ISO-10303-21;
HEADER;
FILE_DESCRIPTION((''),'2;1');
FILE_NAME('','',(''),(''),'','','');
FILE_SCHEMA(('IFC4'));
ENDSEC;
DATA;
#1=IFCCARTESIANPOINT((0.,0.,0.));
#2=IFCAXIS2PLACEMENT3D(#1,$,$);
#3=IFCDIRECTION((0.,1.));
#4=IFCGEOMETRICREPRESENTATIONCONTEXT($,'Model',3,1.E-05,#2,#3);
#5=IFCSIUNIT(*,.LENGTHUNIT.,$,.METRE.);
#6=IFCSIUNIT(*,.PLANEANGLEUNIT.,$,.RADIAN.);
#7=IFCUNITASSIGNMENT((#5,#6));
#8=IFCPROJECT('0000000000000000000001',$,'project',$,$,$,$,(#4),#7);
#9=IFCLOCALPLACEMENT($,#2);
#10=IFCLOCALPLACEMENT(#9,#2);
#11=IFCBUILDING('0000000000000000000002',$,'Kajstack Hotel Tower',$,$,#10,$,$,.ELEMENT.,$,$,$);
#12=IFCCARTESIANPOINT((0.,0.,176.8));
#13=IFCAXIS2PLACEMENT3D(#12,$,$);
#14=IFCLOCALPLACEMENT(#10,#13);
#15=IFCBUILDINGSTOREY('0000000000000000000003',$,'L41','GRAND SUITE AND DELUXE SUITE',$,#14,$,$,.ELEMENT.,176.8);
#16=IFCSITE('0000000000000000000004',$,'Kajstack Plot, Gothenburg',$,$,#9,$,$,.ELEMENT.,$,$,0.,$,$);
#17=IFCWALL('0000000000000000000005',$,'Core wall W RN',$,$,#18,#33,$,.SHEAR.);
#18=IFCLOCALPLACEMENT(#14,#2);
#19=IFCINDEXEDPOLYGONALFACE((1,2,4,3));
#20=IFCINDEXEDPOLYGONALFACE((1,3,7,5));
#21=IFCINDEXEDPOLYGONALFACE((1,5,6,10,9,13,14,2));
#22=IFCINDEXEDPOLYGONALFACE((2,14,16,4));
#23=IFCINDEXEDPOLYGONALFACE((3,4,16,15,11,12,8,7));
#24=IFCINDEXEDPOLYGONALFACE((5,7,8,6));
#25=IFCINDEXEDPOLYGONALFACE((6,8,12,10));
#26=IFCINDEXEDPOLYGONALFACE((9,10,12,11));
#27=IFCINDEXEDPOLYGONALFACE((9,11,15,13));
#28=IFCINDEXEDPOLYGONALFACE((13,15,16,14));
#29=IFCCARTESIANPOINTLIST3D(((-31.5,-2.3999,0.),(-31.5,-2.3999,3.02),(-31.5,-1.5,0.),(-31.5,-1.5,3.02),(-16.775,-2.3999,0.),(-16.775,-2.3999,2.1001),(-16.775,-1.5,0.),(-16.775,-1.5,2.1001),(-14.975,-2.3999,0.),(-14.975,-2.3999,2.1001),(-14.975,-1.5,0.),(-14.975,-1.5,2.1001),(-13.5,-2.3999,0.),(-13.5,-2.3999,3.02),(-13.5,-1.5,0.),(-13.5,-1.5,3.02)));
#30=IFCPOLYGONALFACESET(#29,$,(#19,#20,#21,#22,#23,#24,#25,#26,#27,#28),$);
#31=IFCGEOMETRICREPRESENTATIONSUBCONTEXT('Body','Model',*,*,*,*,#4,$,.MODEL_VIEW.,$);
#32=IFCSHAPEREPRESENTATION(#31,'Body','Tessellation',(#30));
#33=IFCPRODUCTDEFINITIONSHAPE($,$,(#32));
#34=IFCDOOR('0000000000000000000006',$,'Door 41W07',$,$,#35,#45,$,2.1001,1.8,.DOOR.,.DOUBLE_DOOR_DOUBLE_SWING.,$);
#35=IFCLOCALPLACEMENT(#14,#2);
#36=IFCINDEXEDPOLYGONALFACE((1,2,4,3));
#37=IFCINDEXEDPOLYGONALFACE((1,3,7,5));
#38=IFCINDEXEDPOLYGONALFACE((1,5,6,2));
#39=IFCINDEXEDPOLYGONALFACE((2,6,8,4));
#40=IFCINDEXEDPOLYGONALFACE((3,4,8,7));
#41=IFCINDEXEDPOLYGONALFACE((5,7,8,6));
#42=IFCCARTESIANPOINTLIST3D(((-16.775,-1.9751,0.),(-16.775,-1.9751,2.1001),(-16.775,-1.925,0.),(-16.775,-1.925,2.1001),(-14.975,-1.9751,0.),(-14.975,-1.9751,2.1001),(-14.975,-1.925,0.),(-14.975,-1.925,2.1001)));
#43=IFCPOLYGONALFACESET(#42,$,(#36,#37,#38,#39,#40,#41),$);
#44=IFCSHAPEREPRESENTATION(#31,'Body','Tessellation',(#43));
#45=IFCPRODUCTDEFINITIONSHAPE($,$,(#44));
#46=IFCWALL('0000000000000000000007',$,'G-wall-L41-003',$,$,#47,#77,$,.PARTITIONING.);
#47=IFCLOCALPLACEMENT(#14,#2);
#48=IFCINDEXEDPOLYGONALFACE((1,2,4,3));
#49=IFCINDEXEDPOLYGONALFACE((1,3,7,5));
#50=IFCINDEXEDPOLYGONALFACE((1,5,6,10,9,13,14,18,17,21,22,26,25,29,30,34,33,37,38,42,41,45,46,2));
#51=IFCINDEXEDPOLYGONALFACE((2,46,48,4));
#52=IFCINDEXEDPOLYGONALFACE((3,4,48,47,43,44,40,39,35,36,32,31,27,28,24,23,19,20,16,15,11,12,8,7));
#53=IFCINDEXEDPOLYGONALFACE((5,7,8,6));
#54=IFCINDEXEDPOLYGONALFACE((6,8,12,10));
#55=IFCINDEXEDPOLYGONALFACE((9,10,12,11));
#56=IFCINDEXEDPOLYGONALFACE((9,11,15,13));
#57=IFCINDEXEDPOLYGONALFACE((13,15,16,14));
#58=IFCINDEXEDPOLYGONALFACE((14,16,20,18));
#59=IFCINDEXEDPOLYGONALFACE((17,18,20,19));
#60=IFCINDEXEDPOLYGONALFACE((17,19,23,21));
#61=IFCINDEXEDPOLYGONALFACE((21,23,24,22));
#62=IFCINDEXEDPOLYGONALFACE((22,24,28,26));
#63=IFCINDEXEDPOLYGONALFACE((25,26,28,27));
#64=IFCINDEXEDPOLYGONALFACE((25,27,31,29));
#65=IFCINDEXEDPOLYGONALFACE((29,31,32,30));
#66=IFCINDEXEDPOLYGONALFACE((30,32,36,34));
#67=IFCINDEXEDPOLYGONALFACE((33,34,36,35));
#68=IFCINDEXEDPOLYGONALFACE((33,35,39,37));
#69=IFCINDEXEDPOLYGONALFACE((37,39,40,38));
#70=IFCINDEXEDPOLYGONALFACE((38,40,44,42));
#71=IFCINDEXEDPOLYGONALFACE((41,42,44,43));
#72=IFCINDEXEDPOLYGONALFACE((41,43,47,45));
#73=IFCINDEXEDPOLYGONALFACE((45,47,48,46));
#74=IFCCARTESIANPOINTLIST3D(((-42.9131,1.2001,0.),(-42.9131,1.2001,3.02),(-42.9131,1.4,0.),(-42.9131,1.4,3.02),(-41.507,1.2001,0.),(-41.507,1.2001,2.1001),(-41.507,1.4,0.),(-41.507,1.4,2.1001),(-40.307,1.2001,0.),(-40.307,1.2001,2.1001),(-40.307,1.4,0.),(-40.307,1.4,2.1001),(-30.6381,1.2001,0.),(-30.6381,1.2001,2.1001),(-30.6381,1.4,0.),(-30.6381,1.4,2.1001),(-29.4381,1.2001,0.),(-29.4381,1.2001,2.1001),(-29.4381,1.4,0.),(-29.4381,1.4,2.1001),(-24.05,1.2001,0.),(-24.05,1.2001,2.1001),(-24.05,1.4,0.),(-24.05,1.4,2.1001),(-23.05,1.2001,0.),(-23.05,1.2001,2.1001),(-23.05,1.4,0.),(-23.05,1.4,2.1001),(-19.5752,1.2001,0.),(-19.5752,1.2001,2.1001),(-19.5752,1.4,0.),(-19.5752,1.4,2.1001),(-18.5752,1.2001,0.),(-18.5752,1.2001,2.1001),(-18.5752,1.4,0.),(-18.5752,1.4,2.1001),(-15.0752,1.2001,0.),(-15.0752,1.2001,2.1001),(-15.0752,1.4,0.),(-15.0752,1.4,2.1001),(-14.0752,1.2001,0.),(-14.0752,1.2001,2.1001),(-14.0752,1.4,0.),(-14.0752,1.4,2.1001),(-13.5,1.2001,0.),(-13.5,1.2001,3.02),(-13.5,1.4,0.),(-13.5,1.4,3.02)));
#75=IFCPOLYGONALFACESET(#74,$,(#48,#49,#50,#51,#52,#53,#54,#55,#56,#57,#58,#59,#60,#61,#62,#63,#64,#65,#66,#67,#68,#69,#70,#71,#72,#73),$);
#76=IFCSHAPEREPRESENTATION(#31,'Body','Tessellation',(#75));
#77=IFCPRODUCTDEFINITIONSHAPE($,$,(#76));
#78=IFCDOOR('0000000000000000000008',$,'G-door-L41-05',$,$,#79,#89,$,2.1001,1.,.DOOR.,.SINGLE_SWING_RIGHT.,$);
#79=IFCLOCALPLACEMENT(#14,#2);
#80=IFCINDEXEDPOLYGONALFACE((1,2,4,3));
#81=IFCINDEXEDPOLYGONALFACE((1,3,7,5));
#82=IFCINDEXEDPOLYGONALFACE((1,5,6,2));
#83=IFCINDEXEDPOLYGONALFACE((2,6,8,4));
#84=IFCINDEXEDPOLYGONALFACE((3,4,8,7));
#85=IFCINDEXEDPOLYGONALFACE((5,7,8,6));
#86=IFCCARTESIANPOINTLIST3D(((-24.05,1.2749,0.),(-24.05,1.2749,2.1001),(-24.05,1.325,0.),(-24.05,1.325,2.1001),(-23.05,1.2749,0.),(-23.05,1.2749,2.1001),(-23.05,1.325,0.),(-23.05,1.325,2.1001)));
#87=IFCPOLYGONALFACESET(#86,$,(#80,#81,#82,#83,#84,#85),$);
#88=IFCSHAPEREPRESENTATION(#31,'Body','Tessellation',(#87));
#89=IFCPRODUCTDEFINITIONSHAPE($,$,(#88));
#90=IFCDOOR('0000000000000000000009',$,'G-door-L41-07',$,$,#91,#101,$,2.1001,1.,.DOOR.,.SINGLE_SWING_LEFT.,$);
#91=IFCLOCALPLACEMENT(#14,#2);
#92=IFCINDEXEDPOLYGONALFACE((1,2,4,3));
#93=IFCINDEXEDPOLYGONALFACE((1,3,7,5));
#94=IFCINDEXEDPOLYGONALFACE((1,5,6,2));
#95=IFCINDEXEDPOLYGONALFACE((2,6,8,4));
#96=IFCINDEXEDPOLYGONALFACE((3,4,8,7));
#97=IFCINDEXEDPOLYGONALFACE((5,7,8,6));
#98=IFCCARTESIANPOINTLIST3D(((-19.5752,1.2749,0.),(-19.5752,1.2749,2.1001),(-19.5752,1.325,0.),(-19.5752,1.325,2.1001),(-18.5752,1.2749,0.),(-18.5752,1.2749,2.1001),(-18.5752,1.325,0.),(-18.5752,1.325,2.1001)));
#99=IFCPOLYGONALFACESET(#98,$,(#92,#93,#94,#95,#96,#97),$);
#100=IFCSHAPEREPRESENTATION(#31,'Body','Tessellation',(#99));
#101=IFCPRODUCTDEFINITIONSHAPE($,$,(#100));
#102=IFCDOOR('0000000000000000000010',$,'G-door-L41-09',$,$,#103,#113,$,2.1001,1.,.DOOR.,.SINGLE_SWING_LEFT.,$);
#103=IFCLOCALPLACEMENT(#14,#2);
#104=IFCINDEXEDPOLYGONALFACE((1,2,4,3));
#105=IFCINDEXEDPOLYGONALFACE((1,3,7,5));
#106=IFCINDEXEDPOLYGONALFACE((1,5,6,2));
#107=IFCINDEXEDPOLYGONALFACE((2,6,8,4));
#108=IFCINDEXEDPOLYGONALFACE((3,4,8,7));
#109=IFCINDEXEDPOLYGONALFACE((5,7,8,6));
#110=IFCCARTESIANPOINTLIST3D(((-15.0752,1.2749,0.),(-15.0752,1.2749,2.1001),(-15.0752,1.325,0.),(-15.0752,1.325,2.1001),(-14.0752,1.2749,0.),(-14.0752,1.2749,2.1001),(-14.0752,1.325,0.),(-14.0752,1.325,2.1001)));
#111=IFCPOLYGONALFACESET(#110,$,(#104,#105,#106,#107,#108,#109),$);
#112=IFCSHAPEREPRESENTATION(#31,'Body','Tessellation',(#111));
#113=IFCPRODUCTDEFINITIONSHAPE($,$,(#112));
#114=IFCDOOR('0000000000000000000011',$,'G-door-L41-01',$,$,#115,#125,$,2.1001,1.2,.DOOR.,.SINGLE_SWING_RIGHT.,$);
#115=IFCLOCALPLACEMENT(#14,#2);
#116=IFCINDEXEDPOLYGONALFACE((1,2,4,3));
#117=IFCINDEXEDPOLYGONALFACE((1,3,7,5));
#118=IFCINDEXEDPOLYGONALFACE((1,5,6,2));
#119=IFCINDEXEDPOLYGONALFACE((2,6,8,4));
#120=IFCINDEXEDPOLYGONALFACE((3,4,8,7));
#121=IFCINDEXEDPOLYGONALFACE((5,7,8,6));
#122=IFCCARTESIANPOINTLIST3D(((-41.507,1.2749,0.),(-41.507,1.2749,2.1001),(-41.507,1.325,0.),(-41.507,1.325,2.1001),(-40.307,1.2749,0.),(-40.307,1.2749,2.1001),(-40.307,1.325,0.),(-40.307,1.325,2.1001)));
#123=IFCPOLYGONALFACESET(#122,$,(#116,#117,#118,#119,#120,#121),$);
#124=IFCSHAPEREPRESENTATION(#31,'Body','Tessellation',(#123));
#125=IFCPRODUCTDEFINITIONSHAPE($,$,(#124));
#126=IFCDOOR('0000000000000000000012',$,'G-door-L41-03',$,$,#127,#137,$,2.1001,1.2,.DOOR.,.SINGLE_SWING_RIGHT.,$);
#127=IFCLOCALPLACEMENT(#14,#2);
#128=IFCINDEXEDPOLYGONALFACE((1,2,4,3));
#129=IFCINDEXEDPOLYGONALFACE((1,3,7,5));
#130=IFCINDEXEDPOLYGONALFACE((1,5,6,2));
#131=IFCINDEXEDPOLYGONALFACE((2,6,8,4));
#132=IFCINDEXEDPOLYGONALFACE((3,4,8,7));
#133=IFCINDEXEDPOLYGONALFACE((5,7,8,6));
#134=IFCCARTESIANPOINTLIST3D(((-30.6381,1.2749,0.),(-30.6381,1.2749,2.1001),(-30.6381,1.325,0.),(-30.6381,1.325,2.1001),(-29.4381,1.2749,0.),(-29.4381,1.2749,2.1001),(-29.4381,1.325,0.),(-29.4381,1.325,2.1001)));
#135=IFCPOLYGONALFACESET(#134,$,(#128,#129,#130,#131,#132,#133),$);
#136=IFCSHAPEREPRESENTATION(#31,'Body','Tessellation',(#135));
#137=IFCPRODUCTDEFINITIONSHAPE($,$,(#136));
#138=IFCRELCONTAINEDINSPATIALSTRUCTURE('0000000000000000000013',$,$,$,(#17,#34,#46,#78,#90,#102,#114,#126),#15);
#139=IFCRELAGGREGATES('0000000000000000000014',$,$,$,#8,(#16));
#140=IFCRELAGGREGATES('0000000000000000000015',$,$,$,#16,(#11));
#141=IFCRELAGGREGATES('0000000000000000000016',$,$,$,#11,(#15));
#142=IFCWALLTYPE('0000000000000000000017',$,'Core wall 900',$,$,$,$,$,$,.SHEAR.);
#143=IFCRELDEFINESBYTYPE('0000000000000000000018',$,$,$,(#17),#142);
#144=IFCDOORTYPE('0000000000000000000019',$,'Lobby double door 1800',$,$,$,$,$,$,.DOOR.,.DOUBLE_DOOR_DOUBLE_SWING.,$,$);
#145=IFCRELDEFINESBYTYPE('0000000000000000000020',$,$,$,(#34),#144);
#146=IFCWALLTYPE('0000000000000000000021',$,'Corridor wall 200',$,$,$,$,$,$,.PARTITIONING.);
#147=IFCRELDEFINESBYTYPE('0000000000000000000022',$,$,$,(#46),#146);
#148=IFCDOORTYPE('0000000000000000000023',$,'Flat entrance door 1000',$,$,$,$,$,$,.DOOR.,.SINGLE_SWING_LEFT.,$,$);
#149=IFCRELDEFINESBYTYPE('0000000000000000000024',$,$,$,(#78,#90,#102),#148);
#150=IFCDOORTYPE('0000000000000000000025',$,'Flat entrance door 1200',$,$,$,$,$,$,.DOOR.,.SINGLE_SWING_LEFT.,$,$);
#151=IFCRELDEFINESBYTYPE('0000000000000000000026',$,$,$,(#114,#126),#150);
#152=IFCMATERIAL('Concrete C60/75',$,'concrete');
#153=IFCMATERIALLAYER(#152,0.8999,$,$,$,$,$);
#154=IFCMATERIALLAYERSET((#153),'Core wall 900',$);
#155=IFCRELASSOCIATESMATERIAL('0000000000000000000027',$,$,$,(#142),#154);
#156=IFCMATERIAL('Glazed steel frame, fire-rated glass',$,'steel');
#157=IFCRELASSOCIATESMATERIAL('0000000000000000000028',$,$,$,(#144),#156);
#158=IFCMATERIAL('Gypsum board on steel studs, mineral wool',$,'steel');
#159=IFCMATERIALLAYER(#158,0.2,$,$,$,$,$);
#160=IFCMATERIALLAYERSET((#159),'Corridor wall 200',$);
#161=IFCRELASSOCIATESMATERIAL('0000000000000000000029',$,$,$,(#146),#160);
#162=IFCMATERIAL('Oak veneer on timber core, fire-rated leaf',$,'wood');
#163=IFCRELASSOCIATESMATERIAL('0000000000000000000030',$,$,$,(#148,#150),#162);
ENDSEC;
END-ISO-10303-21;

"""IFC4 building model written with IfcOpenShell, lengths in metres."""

from ifc_helpers import new_model, si_unit, direction, frame, frame_2d, origin, place, context, subcontext, project, spatial, rectangle, extrude, material, layer, layer_set, type_object, element, fill, save


model = new_model("IFC4")

# Units and contexts
model_context = context("Model", 3, precision=1e-05, world=origin(), true_north=direction((0.0, 1.0)))
body_context = subcontext(model_context, "Body", "Model", "MODEL_VIEW")
ifc_project = project(units=[si_unit("LENGTHUNIT", "METRE"), si_unit("PLANEANGLEUNIT", "RADIAN")], contexts=[model_context])

# Site, building, storey
site_placement = place(None, origin())
site = spatial("IfcSite", under=ifc_project, at=site_placement, Name="Kajstack Plot, Gothenburg", CompositionType="ELEMENT", RefElevation=0.0)
building_placement = place(site_placement, origin())
building = spatial("IfcBuilding", under=site, at=building_placement, Name="Kajstack Hotel Tower", CompositionType="ELEMENT")
storey_placement = place(building_placement, frame((0.0, 0.0, 176.8)))
storey = spatial("IfcBuildingStorey", under=building, at=storey_placement, Name="L41", Description="GRAND SUITE AND DELUXE SUITE", CompositionType="ELEMENT", Elevation=176.8)

# Wall, opening, door
ifc_material_1 = material(Name="Concrete C60/75", Category="concrete")
ifc_layer_1 = layer(ifc_material_1, 0.8999)
ifc_layer_set_1 = layer_set([ifc_layer_1], Name="Core wall 900")
wall_type_1 = type_object("IfcWallType", Name="Core wall 900", PredefinedType="SHEAR", material=ifc_layer_set_1)
wall_1_placement = place(storey_placement, frame((-31.5, -1.95, 0.0), z_axis=(0.0, 0.0, 1.0), x_axis=(1.0, 0.0, 0.0)))
wall_1 = element("IfcWall", 1, at=wall_1_placement, inside=storey, type_object=wall_type_1, Name="Core wall W RN", PredefinedType="SHEAR", context=body_context, shape_type="SweptSolid", body=[
    extrude(rectangle(XDim=18.0, YDim=0.8999, at=frame_2d((9.0, 0.0))), origin(), (0.0, 0.0, 1.0), 3.02),
])
opening_1_placement = place(wall_1_placement, frame((14.7251, 0.0, 0.0)))
opening_1 = element("IfcOpeningElement", 2, at=opening_1_placement, cuts=wall_1, PredefinedType="OPENING", context=body_context, shape_type="SweptSolid", body=[
    extrude(rectangle(XDim=1.8, YDim=2.1001, at=frame_2d((0.8999, 1.05))), frame((0.0, 0.46, 0.0), z_axis=(0.0, -1.0, 0.0), x_axis=(1.0, 0.0, 0.0)), (0.0, 0.0, 1.0), 0.9199),
])
ifc_material_2 = material(Name="Glazed steel frame, fire-rated glass", Category="steel")
door_type_1 = type_object("IfcDoorType", Name="Lobby double door 1800", OperationType="DOUBLE_DOOR_DOUBLE_SWING", PredefinedType="DOOR", material=ifc_material_2)
door_1_placement = place(opening_1_placement, origin())
door_1 = element("IfcDoor", 3, at=door_1_placement, inside=storey, type_object=door_type_1, Name="Door 41W07", OperationType="DOUBLE_DOOR_DOUBLE_SWING", OverallHeight=2.1001, OverallWidth=1.8, PredefinedType="DOOR", context=body_context, shape_type="SweptSolid", body=[
    extrude(rectangle(XDim=1.8, YDim=2.1001, at=frame_2d((0.8999, 1.05))), frame((0.0, 0.0249, 0.0), z_axis=(0.0, -1.0, 0.0), x_axis=(1.0, 0.0, 0.0)), (0.0, 0.0, 1.0), 0.05),
])
fill(opening_1, door_1)

# Wall, openings, doors
ifc_material_3 = material(Name="Gypsum board on steel studs, mineral wool", Category="steel")
ifc_layer_2 = layer(ifc_material_3, 0.2)
ifc_layer_set_2 = layer_set([ifc_layer_2], Name="Corridor wall 200")
wall_type_2 = type_object("IfcWallType", Name="Corridor wall 200", PredefinedType="PARTITIONING", material=ifc_layer_set_2)
wall_2_placement = place(storey_placement, frame((-42.9131, 1.3, 0.0), z_axis=(0.0, 0.0, 1.0), x_axis=(1.0, 0.0, 0.0)))
wall_2 = element("IfcWall", 4, at=wall_2_placement, inside=storey, type_object=wall_type_2, Name="G-wall-L41-003", PredefinedType="PARTITIONING", context=body_context, shape_type="SweptSolid", body=[
    extrude(rectangle(XDim=29.4131, YDim=0.2, at=frame_2d((14.7065, 0.0))), origin(), (0.0, 0.0, 1.0), 3.02),
])
opening_2_placement = place(wall_2_placement, frame((1.406, 0.0, 0.0)))
opening_2 = element("IfcOpeningElement", 5, at=opening_2_placement, cuts=wall_2, PredefinedType="OPENING", context=body_context, shape_type="SweptSolid", body=[
    extrude(rectangle(XDim=1.2, YDim=2.1001, at=frame_2d((0.6001, 1.05))), frame((0.0, 0.1099, 0.0), z_axis=(0.0, -1.0, 0.0), x_axis=(1.0, 0.0, 0.0)), (0.0, 0.0, 1.0), 0.22),
])
opening_3_placement = place(wall_2_placement, frame((12.2749, 0.0, 0.0)))
opening_3 = element("IfcOpeningElement", 6, at=opening_3_placement, cuts=wall_2, PredefinedType="OPENING", context=body_context, shape_type="SweptSolid", body=[
    extrude(rectangle(XDim=1.2, YDim=2.1001, at=frame_2d((0.6001, 1.05))), frame((0.0, 0.1099, 0.0), z_axis=(0.0, -1.0, 0.0), x_axis=(1.0, 0.0, 0.0)), (0.0, 0.0, 1.0), 0.22),
])
opening_4_placement = place(wall_2_placement, frame((18.863, 0.0, 0.0)))
opening_4 = element("IfcOpeningElement", 7, at=opening_4_placement, cuts=wall_2, PredefinedType="OPENING", context=body_context, shape_type="SweptSolid", body=[
    extrude(rectangle(XDim=1.0, YDim=2.1001, at=frame_2d((0.5, 1.05))), frame((0.0, 0.1099, 0.0), z_axis=(0.0, -1.0, 0.0), x_axis=(1.0, 0.0, 0.0)), (0.0, 0.0, 1.0), 0.22),
])
opening_5_placement = place(wall_2_placement, frame((23.3379, 0.0, 0.0)))
opening_5 = element("IfcOpeningElement", 8, at=opening_5_placement, cuts=wall_2, PredefinedType="OPENING", context=body_context, shape_type="SweptSolid", body=[
    extrude(rectangle(XDim=1.0, YDim=2.1001, at=frame_2d((0.5, 1.05))), frame((0.0, 0.1099, 0.0), z_axis=(0.0, -1.0, 0.0), x_axis=(1.0, 0.0, 0.0)), (0.0, 0.0, 1.0), 0.22),
])
opening_6_placement = place(wall_2_placement, frame((27.8379, 0.0, 0.0)))
opening_6 = element("IfcOpeningElement", 9, at=opening_6_placement, cuts=wall_2, PredefinedType="OPENING", context=body_context, shape_type="SweptSolid", body=[
    extrude(rectangle(XDim=1.0, YDim=2.1001, at=frame_2d((0.5, 1.05))), frame((0.0, 0.1099, 0.0), z_axis=(0.0, -1.0, 0.0), x_axis=(1.0, 0.0, 0.0)), (0.0, 0.0, 1.0), 0.22),
])
ifc_material_4 = material(Name="Oak veneer on timber core, fire-rated leaf", Category="wood")
door_type_2 = type_object("IfcDoorType", Name="Flat entrance door 1000", OperationType="SINGLE_SWING_LEFT", PredefinedType="DOOR", material=ifc_material_4)
door_2_placement = place(opening_4_placement, origin())
door_2 = element("IfcDoor", 10, at=door_2_placement, inside=storey, type_object=door_type_2, Name="G-door-L41-05", OperationType="SINGLE_SWING_RIGHT", OverallHeight=2.1001, OverallWidth=1.0, PredefinedType="DOOR", context=body_context, shape_type="SweptSolid", body=[
    extrude(rectangle(XDim=1.0, YDim=2.1001, at=frame_2d((0.5, 1.05))), frame((0.0, 0.0249, 0.0), z_axis=(0.0, -1.0, 0.0), x_axis=(1.0, 0.0, 0.0)), (0.0, 0.0, 1.0), 0.05),
])
fill(opening_4, door_2)
door_3_placement = place(opening_5_placement, origin())
door_3 = element("IfcDoor", 11, at=door_3_placement, inside=storey, type_object=door_type_2, Name="G-door-L41-07", OperationType="SINGLE_SWING_LEFT", OverallHeight=2.1001, OverallWidth=1.0, PredefinedType="DOOR", context=body_context, shape_type="SweptSolid", body=[
    extrude(rectangle(XDim=1.0, YDim=2.1001, at=frame_2d((0.5, 1.05))), frame((0.0, 0.0249, 0.0), z_axis=(0.0, -1.0, 0.0), x_axis=(1.0, 0.0, 0.0)), (0.0, 0.0, 1.0), 0.05),
])
fill(opening_5, door_3)
door_4_placement = place(opening_6_placement, origin())
door_4 = element("IfcDoor", 12, at=door_4_placement, inside=storey, type_object=door_type_2, Name="G-door-L41-09", OperationType="SINGLE_SWING_LEFT", OverallHeight=2.1001, OverallWidth=1.0, PredefinedType="DOOR", context=body_context, shape_type="SweptSolid", body=[
    extrude(rectangle(XDim=1.0, YDim=2.1001, at=frame_2d((0.5, 1.05))), frame((0.0, 0.0249, 0.0), z_axis=(0.0, -1.0, 0.0), x_axis=(1.0, 0.0, 0.0)), (0.0, 0.0, 1.0), 0.05),
])
fill(opening_6, door_4)
door_type_3 = type_object("IfcDoorType", Name="Flat entrance door 1200", OperationType="SINGLE_SWING_LEFT", PredefinedType="DOOR", material=ifc_material_4)
door_5_placement = place(opening_2_placement, origin())
door_5 = element("IfcDoor", 13, at=door_5_placement, inside=storey, type_object=door_type_3, Name="G-door-L41-01", OperationType="SINGLE_SWING_RIGHT", OverallHeight=2.1001, OverallWidth=1.2, PredefinedType="DOOR", context=body_context, shape_type="SweptSolid", body=[
    extrude(rectangle(XDim=1.2, YDim=2.1001, at=frame_2d((0.6001, 1.05))), frame((0.0, 0.0249, 0.0), z_axis=(0.0, -1.0, 0.0), x_axis=(1.0, 0.0, 0.0)), (0.0, 0.0, 1.0), 0.05),
])
fill(opening_2, door_5)
door_6_placement = place(opening_3_placement, origin())
door_6 = element("IfcDoor", 14, at=door_6_placement, inside=storey, type_object=door_type_3, Name="G-door-L41-03", OperationType="SINGLE_SWING_RIGHT", OverallHeight=2.1001, OverallWidth=1.2, PredefinedType="DOOR", context=body_context, shape_type="SweptSolid", body=[
    extrude(rectangle(XDim=1.2, YDim=2.1001, at=frame_2d((0.6001, 1.05))), frame((0.0, 0.0249, 0.0), z_axis=(0.0, -1.0, 0.0), x_axis=(1.0, 0.0, 0.0)), (0.0, 0.0, 1.0), 0.05),
])
fill(opening_3, door_6)

save(model, "model.ifc")
